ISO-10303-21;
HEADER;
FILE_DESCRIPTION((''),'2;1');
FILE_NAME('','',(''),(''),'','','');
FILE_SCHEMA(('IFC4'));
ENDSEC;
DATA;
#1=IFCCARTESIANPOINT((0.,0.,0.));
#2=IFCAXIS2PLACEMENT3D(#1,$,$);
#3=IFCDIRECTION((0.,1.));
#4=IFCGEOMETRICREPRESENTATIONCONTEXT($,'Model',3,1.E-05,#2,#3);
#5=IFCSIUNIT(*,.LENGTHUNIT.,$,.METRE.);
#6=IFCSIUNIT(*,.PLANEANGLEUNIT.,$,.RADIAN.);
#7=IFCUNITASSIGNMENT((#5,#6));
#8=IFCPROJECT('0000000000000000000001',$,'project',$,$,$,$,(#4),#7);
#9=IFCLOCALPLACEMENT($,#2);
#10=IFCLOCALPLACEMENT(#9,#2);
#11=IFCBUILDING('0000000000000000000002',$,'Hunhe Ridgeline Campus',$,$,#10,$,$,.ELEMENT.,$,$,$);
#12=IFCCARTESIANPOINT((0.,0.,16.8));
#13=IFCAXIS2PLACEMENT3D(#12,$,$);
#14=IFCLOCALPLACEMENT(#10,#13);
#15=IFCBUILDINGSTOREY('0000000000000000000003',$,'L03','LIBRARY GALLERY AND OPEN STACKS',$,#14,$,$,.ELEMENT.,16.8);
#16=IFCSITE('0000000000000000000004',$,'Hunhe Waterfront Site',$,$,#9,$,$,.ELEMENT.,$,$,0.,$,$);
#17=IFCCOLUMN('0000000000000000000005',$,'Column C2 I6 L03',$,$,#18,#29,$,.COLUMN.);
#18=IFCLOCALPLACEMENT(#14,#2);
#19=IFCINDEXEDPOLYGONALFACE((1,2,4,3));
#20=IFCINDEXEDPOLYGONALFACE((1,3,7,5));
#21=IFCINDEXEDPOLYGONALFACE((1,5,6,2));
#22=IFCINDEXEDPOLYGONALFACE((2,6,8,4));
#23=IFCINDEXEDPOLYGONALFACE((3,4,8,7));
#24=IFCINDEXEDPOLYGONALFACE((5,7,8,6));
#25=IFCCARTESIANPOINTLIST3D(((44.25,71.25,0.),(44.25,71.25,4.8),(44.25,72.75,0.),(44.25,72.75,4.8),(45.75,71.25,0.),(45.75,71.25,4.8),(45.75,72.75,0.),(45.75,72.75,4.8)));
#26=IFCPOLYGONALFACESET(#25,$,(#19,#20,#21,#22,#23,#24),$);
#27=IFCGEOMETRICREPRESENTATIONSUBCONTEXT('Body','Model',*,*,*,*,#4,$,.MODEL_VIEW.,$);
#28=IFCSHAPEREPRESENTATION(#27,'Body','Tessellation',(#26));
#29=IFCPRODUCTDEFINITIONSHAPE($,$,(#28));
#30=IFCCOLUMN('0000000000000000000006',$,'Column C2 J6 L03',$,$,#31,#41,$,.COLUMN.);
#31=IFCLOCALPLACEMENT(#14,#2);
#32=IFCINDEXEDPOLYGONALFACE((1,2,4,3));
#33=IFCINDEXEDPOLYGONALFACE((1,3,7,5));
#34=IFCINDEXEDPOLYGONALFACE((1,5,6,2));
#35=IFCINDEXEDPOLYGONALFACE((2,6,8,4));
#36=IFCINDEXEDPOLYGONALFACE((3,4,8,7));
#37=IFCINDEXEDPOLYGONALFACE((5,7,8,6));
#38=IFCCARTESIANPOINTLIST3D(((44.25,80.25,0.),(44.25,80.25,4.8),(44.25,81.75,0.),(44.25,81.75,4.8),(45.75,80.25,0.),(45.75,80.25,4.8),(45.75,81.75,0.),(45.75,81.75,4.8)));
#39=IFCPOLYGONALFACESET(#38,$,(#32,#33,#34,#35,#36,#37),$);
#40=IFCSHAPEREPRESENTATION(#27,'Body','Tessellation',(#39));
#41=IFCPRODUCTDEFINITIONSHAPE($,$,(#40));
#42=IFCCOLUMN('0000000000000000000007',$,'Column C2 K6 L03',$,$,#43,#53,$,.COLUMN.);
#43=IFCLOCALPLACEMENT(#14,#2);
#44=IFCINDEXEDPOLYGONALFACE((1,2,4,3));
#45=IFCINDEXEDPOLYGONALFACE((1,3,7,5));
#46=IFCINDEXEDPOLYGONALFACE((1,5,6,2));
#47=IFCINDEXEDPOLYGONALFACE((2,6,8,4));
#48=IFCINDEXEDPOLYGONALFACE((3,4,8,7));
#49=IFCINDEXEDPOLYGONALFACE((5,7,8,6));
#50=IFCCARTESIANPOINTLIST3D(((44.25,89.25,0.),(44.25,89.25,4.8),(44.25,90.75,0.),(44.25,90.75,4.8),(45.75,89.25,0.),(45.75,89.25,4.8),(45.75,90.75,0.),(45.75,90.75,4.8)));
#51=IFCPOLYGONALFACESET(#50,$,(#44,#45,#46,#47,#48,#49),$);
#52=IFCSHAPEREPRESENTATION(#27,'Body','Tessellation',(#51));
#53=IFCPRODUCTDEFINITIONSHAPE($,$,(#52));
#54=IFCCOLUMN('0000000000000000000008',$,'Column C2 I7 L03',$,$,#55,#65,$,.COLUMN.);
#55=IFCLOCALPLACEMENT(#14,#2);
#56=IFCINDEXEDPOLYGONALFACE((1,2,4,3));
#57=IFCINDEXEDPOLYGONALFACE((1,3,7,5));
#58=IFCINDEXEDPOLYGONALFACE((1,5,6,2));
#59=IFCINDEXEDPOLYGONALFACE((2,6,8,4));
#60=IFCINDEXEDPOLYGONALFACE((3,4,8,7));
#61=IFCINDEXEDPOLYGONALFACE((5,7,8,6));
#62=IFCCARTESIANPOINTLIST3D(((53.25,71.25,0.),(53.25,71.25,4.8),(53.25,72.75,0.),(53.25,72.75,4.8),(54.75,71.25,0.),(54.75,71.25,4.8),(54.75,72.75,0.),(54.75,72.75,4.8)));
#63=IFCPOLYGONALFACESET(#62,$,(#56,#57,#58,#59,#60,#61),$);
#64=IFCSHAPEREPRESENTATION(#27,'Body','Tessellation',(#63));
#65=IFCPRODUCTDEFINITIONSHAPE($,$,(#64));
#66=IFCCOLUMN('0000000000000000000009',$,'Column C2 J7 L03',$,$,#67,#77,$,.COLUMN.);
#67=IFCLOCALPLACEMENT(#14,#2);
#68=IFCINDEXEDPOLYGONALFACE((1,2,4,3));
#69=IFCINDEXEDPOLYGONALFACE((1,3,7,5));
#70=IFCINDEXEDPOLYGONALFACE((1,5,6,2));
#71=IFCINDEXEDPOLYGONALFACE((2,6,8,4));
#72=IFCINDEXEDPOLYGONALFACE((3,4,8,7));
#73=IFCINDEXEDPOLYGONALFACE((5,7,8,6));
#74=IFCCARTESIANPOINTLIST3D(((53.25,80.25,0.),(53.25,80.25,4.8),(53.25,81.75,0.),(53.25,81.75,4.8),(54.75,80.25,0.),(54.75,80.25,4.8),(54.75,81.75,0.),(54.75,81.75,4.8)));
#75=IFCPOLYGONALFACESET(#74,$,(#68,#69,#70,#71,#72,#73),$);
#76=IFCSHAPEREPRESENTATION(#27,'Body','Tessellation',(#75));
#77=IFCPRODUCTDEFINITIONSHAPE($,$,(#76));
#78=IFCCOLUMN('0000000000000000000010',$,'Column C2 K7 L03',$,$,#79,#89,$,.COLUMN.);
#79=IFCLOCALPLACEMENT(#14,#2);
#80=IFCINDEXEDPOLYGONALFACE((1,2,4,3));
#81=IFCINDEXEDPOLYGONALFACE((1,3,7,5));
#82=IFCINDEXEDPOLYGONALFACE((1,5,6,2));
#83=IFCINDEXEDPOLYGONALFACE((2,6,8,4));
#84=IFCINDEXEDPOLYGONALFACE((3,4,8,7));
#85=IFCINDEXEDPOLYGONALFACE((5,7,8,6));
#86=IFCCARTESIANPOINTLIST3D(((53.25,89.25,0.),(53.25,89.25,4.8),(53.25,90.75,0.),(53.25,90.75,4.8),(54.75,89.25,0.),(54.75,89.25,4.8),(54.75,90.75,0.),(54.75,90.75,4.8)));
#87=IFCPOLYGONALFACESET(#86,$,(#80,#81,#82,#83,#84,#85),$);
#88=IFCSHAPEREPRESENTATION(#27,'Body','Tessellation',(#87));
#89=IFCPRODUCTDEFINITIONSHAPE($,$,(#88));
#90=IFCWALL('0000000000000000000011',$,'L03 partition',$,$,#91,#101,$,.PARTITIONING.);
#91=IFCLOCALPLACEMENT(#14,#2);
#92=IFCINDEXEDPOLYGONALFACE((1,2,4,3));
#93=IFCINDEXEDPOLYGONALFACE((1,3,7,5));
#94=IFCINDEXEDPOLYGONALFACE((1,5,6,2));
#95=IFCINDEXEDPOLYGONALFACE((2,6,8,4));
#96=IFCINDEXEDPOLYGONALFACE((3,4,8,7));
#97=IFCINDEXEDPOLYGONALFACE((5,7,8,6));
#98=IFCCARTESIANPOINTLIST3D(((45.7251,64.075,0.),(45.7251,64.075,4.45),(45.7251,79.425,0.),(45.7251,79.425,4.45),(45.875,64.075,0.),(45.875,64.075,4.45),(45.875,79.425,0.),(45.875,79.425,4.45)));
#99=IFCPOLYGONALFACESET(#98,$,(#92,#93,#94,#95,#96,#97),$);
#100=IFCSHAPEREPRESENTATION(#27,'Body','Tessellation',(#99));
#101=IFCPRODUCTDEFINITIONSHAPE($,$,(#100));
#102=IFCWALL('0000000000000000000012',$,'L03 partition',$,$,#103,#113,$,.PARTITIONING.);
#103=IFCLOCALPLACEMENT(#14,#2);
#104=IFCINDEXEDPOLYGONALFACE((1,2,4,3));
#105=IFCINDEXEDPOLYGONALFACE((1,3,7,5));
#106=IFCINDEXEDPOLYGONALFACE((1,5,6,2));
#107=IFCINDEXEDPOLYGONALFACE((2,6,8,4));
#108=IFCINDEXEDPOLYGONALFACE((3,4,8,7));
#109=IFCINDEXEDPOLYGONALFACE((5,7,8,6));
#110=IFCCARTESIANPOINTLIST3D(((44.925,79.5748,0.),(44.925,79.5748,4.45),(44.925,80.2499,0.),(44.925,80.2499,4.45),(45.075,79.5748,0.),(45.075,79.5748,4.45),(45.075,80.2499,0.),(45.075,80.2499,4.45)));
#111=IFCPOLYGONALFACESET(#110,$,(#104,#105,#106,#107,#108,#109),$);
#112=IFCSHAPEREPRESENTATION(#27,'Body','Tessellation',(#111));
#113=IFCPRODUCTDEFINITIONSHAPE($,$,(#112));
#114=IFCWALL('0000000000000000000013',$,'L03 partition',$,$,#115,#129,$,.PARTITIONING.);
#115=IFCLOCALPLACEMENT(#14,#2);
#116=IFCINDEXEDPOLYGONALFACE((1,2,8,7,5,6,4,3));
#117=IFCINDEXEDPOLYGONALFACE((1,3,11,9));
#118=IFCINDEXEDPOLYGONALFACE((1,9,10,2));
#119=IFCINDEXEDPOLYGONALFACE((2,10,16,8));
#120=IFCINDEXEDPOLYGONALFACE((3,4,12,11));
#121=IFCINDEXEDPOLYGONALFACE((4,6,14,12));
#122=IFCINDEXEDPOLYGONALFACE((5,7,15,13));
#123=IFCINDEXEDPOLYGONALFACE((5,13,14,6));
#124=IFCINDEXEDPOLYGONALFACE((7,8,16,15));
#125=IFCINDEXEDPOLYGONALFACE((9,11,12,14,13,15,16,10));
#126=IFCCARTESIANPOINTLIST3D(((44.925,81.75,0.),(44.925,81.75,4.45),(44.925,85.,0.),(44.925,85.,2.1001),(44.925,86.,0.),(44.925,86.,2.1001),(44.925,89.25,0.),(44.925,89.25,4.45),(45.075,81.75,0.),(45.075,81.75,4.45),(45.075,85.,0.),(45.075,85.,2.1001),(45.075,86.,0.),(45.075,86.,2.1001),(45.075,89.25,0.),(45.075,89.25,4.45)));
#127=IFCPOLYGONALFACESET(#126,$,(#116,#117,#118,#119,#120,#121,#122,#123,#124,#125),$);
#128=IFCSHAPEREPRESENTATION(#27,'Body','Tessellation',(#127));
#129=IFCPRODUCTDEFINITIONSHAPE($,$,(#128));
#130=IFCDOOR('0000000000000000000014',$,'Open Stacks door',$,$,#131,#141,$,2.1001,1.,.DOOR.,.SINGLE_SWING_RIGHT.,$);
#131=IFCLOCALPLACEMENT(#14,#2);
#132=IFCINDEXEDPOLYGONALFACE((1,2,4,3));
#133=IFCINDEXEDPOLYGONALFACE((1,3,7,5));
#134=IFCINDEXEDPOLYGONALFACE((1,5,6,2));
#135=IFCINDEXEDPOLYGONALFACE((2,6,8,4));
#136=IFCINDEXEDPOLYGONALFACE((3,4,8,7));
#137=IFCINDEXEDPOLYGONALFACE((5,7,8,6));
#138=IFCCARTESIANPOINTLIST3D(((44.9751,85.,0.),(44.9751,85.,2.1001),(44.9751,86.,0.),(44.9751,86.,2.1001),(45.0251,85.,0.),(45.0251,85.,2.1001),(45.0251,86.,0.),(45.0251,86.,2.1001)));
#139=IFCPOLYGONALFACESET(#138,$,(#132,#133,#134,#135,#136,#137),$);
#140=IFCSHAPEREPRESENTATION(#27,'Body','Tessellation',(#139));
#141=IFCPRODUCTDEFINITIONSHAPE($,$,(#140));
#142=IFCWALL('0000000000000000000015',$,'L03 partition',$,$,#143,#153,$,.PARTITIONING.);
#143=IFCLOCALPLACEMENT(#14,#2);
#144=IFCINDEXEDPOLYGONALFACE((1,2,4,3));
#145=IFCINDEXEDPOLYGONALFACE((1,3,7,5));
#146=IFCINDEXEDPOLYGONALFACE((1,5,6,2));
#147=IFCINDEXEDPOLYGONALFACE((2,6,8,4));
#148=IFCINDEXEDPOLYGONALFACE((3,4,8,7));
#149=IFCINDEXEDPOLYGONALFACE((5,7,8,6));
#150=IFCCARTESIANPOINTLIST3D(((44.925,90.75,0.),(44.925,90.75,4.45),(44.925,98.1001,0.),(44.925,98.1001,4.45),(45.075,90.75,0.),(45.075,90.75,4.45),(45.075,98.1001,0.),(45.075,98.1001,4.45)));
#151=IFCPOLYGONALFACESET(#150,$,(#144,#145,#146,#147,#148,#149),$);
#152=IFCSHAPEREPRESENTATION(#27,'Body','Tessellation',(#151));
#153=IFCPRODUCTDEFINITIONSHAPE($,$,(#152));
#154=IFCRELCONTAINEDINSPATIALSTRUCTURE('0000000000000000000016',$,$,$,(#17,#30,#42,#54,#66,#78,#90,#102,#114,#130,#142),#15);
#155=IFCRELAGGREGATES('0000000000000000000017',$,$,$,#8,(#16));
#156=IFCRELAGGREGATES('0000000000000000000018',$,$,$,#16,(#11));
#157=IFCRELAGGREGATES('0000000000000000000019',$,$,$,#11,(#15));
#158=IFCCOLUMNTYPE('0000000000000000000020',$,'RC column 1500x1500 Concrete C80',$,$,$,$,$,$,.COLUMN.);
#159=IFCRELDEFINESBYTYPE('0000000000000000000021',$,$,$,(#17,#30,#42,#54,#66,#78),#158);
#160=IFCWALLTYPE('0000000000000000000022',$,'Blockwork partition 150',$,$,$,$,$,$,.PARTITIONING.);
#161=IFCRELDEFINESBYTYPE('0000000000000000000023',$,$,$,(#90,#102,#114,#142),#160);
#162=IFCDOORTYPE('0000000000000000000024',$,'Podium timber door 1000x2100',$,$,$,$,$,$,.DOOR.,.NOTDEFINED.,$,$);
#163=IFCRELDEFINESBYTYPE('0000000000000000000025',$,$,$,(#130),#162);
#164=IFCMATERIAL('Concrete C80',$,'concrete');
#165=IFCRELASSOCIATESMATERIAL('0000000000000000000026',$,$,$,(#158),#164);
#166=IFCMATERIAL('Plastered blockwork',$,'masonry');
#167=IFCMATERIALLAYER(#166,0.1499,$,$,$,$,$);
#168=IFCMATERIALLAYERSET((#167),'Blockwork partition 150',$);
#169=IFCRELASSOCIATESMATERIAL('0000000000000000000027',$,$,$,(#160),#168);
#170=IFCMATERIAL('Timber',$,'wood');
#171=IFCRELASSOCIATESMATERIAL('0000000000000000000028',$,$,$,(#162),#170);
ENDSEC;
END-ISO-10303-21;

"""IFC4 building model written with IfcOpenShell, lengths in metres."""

from ifc_helpers import new_model, si_unit, direction, frame, frame_2d, origin, origin_2d, place, context, subcontext, project, spatial, rectangle, extrude, material, layer, layer_set, material_profile, profile_set, type_object, element, fill, save


model = new_model("IFC4")

# Units and contexts
model_context = context("Model", 3, precision=1e-05, world=origin(), true_north=direction((0.0, 1.0)))
body_context = subcontext(model_context, "Body", "Model", "MODEL_VIEW")
ifc_project = project(units=[si_unit("LENGTHUNIT", "METRE"), si_unit("PLANEANGLEUNIT", "RADIAN")], contexts=[model_context])

# Site, building, storey
site_placement = place(None, origin())
site = spatial("IfcSite", under=ifc_project, at=site_placement, Name="Hunhe Waterfront Site", CompositionType="ELEMENT", RefElevation=0.0)
building_placement = place(site_placement, origin())
building = spatial("IfcBuilding", under=site, at=building_placement, Name="Hunhe Ridgeline Campus", CompositionType="ELEMENT")
storey_placement = place(building_placement, frame((0.0, 0.0, 16.8)))
storey = spatial("IfcBuildingStorey", under=building, at=storey_placement, Name="L03", Description="LIBRARY GALLERY AND OPEN STACKS", CompositionType="ELEMENT", Elevation=16.8)

# Columns
ifc_material_1 = material(Name="Concrete C80", Category="concrete")
ifc_material_profile = material_profile(ifc_material_1, rectangle(XDim=1.5, YDim=1.5, at=origin_2d()))
ifc_profile_set = profile_set([ifc_material_profile], Name="Concrete C80")
column_type = type_object("IfcColumnType", Name="RC column 1500x1500 Concrete C80", PredefinedType="COLUMN", material=ifc_profile_set)
for number, where, z_axis, x_axis, name in (
    (1, (45.0, 72.0, 0.0), (0.0, 0.0, 1.0), (1.0, 0.0, 0.0), "Column C2 I6 L03"),
    (2, (45.0, 81.0, 0.0), (0.0, 0.0, 1.0), (1.0, 0.0, 0.0), "Column C2 J6 L03"),
    (3, (45.0, 90.0, 0.0), (0.0, 0.0, 1.0), (1.0, 0.0, 0.0), "Column C2 K6 L03"),
    (4, (54.0, 72.0, 0.0), (0.0, 0.0, 1.0), (1.0, 0.0, 0.0), "Column C2 I7 L03"),
    (5, (54.0, 81.0, 0.0), (0.0, 0.0, 1.0), (1.0, 0.0, 0.0), "Column C2 J7 L03"),
    (6, (54.0, 90.0, 0.0), (0.0, 0.0, 1.0), (1.0, 0.0, 0.0), "Column C2 K7 L03"),
):
    element("IfcColumn", number, at=place(storey_placement, frame(where, z_axis=z_axis, x_axis=x_axis)), inside=storey, type_object=column_type, Name=name, PredefinedType="COLUMN", context=body_context, shape_type="SweptSolid", body=[
        extrude(rectangle(XDim=1.5, YDim=1.5, at=origin_2d()), origin(), (0.0, 0.0, 1.0), 4.8),
    ])

# Walls
ifc_material_2 = material(Name="Plastered blockwork", Category="masonry")
ifc_layer_1 = layer(ifc_material_2, 0.1499)
ifc_layer_set_1 = layer_set([ifc_layer_1], Name="Blockwork partition 150")
wall_type_1 = type_object("IfcWallType", Name="Blockwork partition 150", PredefinedType="PARTITIONING", material=ifc_layer_set_1)
wall_1_placement = place(storey_placement, frame((45.8, 79.425, 0.0), z_axis=(0.0, 0.0, 1.0), x_axis=(0.0, -1.0, 0.0)))
element("IfcWall", 7, at=wall_1_placement, inside=storey, type_object=wall_type_1, Name="L03 partition", PredefinedType="PARTITIONING", context=body_context, shape_type="SweptSolid", body=[
    extrude(rectangle(XDim=15.3501, YDim=0.1499, at=frame_2d((7.675, 0.0))), origin(), (0.0, 0.0, 1.0), 4.45),
])
wall_2_placement = place(storey_placement, frame((45.0, 79.575, 0.0), z_axis=(0.0, 0.0, 1.0), x_axis=(0.0, 1.0, 0.0)))
element("IfcWall", 8, at=wall_2_placement, inside=storey, type_object=wall_type_1, Name="L03 partition", PredefinedType="PARTITIONING", context=body_context, shape_type="SweptSolid", body=[
    extrude(rectangle(XDim=0.675, YDim=0.1499, at=frame_2d((0.3374, 0.0))), origin(), (0.0, 0.0, 1.0), 4.45),
])

# Wall, opening, door
wall_3_placement = place(storey_placement, frame((45.0, 81.75, 0.0), z_axis=(0.0, 0.0, 1.0), x_axis=(0.0, 1.0, 0.0)))
wall_3 = element("IfcWall", 9, at=wall_3_placement, inside=storey, type_object=wall_type_1, Name="L03 partition", PredefinedType="PARTITIONING", context=body_context, shape_type="SweptSolid", body=[
    extrude(rectangle(XDim=7.5, YDim=0.1499, at=frame_2d((3.75, 0.0))), origin(), (0.0, 0.0, 1.0), 4.45),
])
opening_1_placement = place(wall_3_placement, frame((3.25, 0.0, 0.0)))
opening_1 = element("IfcOpeningElement", 10, at=opening_1_placement, cuts=wall_3, PredefinedType="OPENING", context=body_context, shape_type="SweptSolid", body=[
    extrude(rectangle(XDim=1.0, YDim=2.1001, at=frame_2d((0.5, 1.05))), frame((0.0, 0.075, 0.0), z_axis=(0.0, -1.0, 0.0), x_axis=(1.0, 0.0, 0.0)), (0.0, 0.0, 1.0), 0.1499),
])
ifc_material_3 = material(Name="Timber", Category="wood")
door_type_1 = type_object("IfcDoorType", Name="Podium timber door 1000x2100", OperationType="NOTDEFINED", PredefinedType="DOOR", material=ifc_material_3)
door_1_placement = place(opening_1_placement, origin())
door_1 = element("IfcDoor", 11, at=door_1_placement, inside=storey, type_object=door_type_1, Name="Open Stacks door", OperationType="SINGLE_SWING_RIGHT", OverallHeight=2.1001, OverallWidth=1.0, PredefinedType="DOOR", context=body_context, shape_type="SweptSolid", body=[
    extrude(rectangle(XDim=1.0, YDim=2.1001, at=frame_2d((0.5, 1.05))), frame((0.0, 0.0249, 0.0), z_axis=(0.0, -1.0, 0.0), x_axis=(1.0, 0.0, 0.0)), (0.0, 0.0, 1.0), 0.05),
])
fill(opening_1, door_1)

# Wall
wall_4_placement = place(storey_placement, frame((45.0, 90.75, 0.0), z_axis=(0.0, 0.0, 1.0), x_axis=(0.0, 1.0, 0.0)))
element("IfcWall", 12, at=wall_4_placement, inside=storey, type_object=wall_type_1, Name="L03 partition", PredefinedType="PARTITIONING", context=body_context, shape_type="SweptSolid", body=[
    extrude(rectangle(XDim=7.3501, YDim=0.1499, at=frame_2d((3.675, 0.0))), origin(), (0.0, 0.0, 1.0), 4.45),
])

save(model, "model.ifc")
